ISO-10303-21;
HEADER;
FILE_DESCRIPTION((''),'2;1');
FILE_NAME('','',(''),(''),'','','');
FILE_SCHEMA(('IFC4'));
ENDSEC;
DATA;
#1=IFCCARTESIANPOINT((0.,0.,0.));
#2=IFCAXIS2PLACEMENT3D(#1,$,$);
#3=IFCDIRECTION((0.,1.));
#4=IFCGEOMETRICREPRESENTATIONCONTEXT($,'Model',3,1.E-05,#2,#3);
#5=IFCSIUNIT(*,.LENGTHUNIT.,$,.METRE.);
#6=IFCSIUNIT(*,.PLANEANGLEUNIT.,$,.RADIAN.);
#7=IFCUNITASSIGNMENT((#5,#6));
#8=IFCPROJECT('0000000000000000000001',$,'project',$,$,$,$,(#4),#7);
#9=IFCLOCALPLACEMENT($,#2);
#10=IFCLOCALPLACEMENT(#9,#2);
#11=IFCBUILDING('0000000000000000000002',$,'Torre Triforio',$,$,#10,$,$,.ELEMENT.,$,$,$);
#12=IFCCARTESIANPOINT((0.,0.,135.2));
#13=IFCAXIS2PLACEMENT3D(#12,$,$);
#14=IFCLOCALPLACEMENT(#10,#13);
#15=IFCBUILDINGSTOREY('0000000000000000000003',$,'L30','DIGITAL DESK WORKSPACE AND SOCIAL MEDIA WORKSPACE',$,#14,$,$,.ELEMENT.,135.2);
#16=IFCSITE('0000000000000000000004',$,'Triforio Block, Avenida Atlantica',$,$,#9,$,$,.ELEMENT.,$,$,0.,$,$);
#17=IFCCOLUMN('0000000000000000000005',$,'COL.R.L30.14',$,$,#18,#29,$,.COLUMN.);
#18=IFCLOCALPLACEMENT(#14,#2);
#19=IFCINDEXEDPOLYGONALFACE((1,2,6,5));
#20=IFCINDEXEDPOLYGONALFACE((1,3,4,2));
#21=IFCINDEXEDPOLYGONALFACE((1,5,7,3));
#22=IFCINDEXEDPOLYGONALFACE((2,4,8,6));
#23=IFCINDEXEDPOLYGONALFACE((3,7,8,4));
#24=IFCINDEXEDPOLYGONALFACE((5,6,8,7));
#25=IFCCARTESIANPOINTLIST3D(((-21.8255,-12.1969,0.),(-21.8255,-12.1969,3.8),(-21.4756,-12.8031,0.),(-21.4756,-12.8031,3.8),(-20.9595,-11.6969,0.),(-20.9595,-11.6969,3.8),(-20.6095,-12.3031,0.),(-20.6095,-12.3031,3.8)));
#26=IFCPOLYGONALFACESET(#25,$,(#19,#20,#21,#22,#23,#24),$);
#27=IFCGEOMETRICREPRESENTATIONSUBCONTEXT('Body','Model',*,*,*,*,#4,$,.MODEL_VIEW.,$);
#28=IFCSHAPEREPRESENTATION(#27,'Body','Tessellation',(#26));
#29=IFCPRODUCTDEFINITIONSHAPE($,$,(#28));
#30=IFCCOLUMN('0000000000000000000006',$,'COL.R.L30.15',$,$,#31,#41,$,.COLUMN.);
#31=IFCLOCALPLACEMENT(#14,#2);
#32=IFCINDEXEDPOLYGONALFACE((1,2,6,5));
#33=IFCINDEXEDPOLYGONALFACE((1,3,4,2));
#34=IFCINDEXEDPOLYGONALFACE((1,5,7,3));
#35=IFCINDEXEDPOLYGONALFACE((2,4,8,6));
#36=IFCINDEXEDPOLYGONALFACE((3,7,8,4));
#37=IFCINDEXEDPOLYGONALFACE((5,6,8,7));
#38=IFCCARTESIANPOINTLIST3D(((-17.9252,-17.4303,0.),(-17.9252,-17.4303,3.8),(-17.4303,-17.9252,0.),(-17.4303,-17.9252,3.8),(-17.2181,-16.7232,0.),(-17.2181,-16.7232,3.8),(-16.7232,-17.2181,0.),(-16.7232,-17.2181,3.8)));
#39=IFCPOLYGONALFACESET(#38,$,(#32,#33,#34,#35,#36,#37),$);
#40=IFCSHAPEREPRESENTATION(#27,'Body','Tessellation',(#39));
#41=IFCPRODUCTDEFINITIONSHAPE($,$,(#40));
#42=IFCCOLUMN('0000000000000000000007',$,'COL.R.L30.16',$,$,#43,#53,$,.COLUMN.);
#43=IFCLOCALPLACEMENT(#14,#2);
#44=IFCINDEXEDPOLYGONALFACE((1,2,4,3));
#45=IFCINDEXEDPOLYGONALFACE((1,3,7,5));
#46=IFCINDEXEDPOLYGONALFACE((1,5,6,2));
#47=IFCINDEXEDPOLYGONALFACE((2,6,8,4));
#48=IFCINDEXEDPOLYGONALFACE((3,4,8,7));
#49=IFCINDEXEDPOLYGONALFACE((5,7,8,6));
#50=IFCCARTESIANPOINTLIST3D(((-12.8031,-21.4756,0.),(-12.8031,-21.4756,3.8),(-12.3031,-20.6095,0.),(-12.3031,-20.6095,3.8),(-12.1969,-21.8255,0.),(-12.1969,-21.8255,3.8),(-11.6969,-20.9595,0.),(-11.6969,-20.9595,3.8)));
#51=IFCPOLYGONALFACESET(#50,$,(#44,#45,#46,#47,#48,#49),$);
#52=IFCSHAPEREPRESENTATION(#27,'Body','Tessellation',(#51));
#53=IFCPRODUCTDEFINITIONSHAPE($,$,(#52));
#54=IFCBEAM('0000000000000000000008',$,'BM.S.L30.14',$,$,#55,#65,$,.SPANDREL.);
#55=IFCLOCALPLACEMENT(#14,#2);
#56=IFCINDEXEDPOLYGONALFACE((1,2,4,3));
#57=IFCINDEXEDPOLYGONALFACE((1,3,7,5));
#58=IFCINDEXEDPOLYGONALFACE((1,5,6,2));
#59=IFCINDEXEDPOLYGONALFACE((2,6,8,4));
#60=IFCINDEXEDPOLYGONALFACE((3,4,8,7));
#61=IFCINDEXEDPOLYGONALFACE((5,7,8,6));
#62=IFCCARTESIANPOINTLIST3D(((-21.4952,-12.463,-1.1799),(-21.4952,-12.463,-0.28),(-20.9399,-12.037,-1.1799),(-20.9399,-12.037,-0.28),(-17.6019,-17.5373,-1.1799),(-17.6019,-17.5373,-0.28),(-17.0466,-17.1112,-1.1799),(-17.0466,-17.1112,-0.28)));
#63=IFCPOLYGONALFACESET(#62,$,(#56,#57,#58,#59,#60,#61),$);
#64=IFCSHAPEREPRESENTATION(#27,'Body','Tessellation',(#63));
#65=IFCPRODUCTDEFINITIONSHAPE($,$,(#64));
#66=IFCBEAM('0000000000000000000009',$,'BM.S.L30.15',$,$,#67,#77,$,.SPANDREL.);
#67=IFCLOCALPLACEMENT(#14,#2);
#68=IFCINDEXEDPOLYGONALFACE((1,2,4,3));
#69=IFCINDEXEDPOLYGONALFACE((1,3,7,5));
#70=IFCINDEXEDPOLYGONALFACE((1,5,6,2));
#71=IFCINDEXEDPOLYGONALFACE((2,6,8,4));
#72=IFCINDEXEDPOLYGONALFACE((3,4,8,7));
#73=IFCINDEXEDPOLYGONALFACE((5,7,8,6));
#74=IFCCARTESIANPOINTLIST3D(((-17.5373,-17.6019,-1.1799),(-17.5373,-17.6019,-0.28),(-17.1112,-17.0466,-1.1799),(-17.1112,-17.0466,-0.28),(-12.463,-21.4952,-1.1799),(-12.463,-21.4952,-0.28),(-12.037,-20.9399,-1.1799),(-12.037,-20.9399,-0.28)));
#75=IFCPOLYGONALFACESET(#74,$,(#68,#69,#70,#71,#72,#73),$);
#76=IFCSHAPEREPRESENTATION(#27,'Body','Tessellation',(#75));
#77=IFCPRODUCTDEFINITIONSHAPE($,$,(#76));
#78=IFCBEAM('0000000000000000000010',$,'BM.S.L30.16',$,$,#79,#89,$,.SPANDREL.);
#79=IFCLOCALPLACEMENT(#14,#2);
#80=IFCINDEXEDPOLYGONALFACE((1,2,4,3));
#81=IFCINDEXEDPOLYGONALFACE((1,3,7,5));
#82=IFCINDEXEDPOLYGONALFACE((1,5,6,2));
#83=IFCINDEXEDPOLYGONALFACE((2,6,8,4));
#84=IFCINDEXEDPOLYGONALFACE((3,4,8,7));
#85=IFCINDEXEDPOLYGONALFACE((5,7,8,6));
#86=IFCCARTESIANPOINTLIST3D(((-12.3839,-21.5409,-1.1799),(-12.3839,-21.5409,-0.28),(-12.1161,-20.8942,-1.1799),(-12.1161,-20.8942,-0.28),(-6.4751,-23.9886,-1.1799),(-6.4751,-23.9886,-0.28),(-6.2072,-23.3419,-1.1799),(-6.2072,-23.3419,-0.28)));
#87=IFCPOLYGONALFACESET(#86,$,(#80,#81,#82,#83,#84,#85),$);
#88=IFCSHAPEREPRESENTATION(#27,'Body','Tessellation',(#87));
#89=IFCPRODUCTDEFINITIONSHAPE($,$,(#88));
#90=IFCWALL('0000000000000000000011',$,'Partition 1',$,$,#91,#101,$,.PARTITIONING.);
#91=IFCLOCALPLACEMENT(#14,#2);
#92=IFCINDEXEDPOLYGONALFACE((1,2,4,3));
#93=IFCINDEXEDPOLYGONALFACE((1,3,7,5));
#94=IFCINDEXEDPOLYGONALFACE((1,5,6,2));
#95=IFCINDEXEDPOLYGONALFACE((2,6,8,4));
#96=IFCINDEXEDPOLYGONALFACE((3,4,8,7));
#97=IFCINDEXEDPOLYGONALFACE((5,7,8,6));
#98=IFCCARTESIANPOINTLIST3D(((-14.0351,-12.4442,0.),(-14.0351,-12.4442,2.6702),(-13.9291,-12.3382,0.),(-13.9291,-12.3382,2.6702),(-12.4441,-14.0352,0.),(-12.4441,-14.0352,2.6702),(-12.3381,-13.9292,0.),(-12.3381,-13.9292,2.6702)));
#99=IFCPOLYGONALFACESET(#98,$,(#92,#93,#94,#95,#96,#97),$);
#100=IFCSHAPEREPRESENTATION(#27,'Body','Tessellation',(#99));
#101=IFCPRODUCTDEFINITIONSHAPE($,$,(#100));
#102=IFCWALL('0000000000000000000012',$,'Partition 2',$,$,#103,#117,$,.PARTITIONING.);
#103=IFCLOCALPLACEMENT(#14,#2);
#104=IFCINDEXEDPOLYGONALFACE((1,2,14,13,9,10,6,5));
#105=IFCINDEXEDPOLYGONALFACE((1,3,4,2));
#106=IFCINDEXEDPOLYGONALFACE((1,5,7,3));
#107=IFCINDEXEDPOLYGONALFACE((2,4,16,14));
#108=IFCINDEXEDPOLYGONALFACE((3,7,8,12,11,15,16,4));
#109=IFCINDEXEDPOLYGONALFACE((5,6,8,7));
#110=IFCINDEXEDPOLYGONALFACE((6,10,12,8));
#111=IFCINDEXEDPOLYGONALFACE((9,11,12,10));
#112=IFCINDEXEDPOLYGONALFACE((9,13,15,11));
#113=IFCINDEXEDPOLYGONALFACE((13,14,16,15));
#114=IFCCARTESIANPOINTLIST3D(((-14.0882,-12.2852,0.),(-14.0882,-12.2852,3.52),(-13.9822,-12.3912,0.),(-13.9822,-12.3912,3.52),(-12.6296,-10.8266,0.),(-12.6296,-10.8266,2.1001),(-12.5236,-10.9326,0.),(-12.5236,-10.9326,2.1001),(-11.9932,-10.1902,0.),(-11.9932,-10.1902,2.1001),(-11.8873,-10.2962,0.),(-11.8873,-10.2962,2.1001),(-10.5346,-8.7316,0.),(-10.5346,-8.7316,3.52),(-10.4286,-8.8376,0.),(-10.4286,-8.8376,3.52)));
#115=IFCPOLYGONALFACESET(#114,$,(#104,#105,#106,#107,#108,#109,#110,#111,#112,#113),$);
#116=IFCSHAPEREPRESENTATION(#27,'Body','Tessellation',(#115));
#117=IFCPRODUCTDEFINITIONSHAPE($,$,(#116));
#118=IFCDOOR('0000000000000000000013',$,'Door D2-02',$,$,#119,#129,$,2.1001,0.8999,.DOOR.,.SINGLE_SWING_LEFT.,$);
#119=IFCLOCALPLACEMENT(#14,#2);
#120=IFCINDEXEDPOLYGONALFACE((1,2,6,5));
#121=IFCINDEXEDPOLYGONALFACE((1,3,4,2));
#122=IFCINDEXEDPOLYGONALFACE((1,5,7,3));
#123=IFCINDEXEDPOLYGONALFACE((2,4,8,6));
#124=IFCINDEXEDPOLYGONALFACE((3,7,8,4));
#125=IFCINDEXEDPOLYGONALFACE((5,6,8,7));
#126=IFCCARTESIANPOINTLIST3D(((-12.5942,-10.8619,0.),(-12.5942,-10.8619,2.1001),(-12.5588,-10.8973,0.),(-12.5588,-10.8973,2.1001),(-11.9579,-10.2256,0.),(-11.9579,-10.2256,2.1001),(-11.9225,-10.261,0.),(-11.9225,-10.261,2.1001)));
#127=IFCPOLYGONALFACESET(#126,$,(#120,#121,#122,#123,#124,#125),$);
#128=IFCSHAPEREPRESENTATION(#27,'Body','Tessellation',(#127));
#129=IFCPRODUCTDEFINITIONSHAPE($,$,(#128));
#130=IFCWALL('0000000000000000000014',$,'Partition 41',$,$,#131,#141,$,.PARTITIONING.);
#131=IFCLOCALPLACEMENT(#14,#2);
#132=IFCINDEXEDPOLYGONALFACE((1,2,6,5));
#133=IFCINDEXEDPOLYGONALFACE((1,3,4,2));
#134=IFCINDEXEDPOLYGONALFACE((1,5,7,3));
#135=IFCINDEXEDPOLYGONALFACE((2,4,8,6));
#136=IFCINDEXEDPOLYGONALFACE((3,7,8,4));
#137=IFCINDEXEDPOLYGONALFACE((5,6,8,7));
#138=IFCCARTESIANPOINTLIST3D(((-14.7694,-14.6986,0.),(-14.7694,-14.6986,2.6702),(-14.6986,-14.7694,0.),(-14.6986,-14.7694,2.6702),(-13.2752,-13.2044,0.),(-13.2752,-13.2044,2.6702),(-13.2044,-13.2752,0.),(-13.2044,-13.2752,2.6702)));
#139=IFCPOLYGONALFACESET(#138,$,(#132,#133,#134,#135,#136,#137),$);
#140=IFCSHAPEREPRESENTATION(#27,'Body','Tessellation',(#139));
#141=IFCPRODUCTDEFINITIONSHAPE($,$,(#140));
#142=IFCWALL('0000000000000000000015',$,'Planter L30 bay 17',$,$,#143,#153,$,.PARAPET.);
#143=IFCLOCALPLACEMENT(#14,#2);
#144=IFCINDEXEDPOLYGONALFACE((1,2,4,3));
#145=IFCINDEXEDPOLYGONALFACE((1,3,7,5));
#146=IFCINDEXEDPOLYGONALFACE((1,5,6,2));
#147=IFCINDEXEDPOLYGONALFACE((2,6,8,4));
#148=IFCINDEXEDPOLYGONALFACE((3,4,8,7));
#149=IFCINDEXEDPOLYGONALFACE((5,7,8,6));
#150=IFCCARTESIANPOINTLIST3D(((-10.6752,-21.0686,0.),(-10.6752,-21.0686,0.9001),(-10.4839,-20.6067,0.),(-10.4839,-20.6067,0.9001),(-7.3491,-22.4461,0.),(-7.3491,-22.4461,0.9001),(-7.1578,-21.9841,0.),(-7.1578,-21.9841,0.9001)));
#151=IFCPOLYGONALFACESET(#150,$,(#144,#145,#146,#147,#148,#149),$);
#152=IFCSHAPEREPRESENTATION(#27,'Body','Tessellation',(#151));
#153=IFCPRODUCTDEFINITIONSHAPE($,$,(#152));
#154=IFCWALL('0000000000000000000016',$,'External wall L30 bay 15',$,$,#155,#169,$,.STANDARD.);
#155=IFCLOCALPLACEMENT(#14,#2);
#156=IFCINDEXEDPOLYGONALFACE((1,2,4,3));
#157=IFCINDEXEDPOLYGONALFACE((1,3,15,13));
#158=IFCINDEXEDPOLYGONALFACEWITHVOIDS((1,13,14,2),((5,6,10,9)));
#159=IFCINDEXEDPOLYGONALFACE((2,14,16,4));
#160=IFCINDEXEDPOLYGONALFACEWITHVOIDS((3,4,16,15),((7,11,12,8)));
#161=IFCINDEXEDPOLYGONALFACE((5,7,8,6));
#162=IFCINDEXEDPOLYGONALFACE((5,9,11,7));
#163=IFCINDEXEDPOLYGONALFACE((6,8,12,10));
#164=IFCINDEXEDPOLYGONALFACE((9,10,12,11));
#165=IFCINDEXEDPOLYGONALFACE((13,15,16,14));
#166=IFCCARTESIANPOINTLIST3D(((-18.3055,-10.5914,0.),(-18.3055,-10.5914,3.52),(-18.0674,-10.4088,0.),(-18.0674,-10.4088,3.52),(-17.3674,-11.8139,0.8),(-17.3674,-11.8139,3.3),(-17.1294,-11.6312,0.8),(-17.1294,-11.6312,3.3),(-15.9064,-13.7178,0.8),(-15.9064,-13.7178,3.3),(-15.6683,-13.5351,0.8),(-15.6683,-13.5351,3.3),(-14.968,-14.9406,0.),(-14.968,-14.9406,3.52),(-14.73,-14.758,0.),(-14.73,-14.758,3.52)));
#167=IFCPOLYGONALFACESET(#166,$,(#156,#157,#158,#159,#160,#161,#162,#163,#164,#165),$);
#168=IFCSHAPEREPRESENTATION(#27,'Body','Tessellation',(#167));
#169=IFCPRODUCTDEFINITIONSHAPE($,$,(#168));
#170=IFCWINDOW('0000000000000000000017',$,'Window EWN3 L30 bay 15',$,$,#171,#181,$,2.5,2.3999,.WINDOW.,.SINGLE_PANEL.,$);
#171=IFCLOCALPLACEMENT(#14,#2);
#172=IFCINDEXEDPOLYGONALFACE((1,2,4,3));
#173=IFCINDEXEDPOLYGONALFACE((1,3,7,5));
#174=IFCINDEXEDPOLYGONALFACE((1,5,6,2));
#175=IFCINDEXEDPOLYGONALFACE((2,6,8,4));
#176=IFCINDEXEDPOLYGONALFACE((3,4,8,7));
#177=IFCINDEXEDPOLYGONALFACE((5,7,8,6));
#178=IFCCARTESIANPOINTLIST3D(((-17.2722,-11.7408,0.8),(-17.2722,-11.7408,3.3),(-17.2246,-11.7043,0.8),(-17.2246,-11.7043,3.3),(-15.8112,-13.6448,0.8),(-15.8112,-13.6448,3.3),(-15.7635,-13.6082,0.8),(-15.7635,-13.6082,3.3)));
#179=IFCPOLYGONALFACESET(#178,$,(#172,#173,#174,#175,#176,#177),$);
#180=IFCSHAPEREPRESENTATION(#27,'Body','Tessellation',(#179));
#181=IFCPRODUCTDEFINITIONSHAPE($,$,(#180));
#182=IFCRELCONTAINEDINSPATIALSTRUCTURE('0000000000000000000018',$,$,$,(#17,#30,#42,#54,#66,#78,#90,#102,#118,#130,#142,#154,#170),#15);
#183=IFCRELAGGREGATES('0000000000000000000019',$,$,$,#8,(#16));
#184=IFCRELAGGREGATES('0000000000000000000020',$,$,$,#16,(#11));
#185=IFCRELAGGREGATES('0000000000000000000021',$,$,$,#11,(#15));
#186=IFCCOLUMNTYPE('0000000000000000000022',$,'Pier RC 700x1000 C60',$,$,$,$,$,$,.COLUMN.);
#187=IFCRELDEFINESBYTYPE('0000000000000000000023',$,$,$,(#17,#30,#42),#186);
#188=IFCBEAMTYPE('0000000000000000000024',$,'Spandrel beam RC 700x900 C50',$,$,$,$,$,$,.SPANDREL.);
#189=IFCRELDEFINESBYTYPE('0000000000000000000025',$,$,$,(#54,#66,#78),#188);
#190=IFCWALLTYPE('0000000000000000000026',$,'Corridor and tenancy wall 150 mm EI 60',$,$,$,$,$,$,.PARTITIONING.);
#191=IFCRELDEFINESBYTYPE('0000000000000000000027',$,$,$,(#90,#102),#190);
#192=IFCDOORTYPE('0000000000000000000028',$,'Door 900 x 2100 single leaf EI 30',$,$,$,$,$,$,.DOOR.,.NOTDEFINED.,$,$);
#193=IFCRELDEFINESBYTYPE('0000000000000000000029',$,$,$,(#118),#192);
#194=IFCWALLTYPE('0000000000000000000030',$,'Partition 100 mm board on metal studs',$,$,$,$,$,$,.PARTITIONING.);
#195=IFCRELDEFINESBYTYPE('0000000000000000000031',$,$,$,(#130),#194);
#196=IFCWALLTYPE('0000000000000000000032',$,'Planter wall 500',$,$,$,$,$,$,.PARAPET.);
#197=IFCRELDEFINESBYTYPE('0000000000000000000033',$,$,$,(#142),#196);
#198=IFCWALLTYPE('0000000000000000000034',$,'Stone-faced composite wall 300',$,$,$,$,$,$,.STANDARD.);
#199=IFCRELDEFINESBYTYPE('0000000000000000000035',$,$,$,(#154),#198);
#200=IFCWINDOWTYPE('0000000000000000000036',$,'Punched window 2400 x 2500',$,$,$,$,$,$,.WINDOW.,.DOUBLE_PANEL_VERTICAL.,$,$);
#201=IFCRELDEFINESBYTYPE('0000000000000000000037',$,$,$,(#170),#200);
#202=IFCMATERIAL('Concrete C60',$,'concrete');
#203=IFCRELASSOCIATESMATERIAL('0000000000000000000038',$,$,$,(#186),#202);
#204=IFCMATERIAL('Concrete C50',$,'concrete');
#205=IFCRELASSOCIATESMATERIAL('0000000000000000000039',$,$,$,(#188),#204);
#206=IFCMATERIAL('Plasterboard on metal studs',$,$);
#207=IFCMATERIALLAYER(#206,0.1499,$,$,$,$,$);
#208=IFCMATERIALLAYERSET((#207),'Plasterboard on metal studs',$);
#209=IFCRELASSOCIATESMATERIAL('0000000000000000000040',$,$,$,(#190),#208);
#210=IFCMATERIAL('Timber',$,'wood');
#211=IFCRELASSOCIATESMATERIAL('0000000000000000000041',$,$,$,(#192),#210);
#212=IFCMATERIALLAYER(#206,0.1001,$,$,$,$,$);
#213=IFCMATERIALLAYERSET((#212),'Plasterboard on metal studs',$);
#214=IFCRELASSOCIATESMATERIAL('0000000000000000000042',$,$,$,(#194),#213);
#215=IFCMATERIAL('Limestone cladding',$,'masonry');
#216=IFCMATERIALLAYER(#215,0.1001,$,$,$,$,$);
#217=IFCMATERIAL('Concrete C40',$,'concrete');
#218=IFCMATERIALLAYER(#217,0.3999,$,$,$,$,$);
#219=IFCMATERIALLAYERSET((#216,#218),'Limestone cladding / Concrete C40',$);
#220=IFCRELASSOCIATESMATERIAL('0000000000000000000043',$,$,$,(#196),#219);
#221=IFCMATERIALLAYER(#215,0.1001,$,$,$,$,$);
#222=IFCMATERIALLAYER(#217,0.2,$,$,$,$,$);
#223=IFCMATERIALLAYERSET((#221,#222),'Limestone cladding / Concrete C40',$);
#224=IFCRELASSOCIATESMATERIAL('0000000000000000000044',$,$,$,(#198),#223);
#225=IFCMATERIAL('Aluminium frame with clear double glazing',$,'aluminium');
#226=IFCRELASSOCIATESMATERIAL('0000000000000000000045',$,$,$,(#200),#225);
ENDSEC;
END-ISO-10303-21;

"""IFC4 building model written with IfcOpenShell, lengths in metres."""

from ifc_helpers import new_model, si_unit, direction, frame, frame_2d, origin, origin_2d, place, context, subcontext, project, spatial, rectangle, extrude, material, layer, layer_set, material_profile, profile_set, type_object, element, fill, save


model = new_model("IFC4")

# Units and contexts
model_context = context("Model", 3, precision=1e-05, world=origin(), true_north=direction((0.0, 1.0)))
body_context = subcontext(model_context, "Body", "Model", "MODEL_VIEW")
ifc_project = project(units=[si_unit("LENGTHUNIT", "METRE"), si_unit("PLANEANGLEUNIT", "RADIAN")], contexts=[model_context])

# Site, building, storey
site_placement = place(None, origin())
site = spatial("IfcSite", under=ifc_project, at=site_placement, Name="Triforio Block, Avenida Atlantica", CompositionType="ELEMENT", RefElevation=0.0)
building_placement = place(site_placement, origin())
building = spatial("IfcBuilding", under=site, at=building_placement, Name="Torre Triforio", CompositionType="ELEMENT")
storey_placement = place(building_placement, frame((0.0, 0.0, 135.2)))
storey = spatial("IfcBuildingStorey", under=building, at=storey_placement, Name="L30", Description="DIGITAL DESK WORKSPACE AND SOCIAL MEDIA WORKSPACE", CompositionType="ELEMENT", Elevation=135.2)

# Columns
ifc_material_1 = material(Name="Concrete C60", Category="concrete")
ifc_material_profile_1 = material_profile(ifc_material_1, rectangle(XDim=0.7, YDim=1.0, at=origin_2d()), Name="RC 700x1000")
ifc_profile_set_1 = profile_set([ifc_material_profile_1], Name="Concrete C60")
column_type = type_object("IfcColumnType", Name="Pier RC 700x1000 C60", PredefinedType="COLUMN", material=ifc_profile_set_1)
for number, where, z_axis, x_axis, name in (
    (1, (-21.2175, -12.25, 0.0), (0.0, 0.0, 1.0), (0.5, -0.866025, 0.0), "COL.R.L30.14"),
    (2, (-17.3242, -17.3242, 0.0), (0.0, 0.0, 1.0), (0.707107, -0.707107, 0.0), "COL.R.L30.15"),
    (3, (-12.25, -21.2175, 0.0), (0.0, 0.0, 1.0), (0.866025, -0.5, 0.0), "COL.R.L30.16"),
):
    element("IfcColumn", number, at=place(storey_placement, frame(where, z_axis=z_axis, x_axis=x_axis)), inside=storey, type_object=column_type, Name=name, PredefinedType="COLUMN", context=body_context, shape_type="SweptSolid", body=[
        extrude(rectangle(XDim=0.7, YDim=1.0, at=origin_2d()), origin(), (0.0, 0.0, 1.0), 3.8),
    ])

# Beams
ifc_material_2 = material(Name="Concrete C50", Category="concrete")
ifc_material_profile_2 = material_profile(ifc_material_2, rectangle(XDim=0.7, YDim=0.8999, at=origin_2d()), Name="RC 700x900")
ifc_profile_set_2 = profile_set([ifc_material_profile_2], Name="Concrete C50")
beam_type = type_object("IfcBeamType", Name="Spandrel beam RC 700x900 C50", PredefinedType="SPANDREL", material=ifc_profile_set_2)
for number, where, z_axis, x_axis, name in (
    (4, (-21.2175, -12.25, -0.73), (0.608734, -0.793374, 0.0), (0.793374, 0.608734, 0.0), "BM.S.L30.14"),
    (5, (-17.3242, -17.3242, -0.73), (0.793374, -0.608734, 0.0), (0.608734, 0.793374, 0.0), "BM.S.L30.15"),
    (6, (-12.25, -21.2175, -0.73), (0.923869, -0.382709, 0.0), (0.382709, 0.923869, 0.0), "BM.S.L30.16"),
):
    element("IfcBeam", number, at=place(storey_placement, frame(where, z_axis=z_axis, x_axis=x_axis)), inside=storey, type_object=beam_type, Name=name, PredefinedType="SPANDREL", context=body_context, shape_type="SweptSolid", body=[
        extrude(rectangle(XDim=0.7, YDim=0.8999, at=origin_2d()), origin(), (0.0, 0.0, 1.0), 6.3958),
    ])

# Wall
ifc_material_3 = material(Name="Plasterboard on metal studs")
ifc_layer_1 = layer(ifc_material_3, 0.1499)
ifc_layer_set_1 = layer_set([ifc_layer_1], Name="Plasterboard on metal studs")
wall_type_1 = type_object("IfcWallType", Name="Corridor and tenancy wall 150 mm EI 60", PredefinedType="PARTITIONING", material=ifc_layer_set_1)
wall_1_placement = place(storey_placement, frame((-12.3911, -13.9822, 0.0), z_axis=(0.0, 0.0, 1.0), x_axis=(-0.707107, 0.707107, 0.0)))
element("IfcWall", 7, at=wall_1_placement, inside=storey, type_object=wall_type_1, Name="Partition 1", PredefinedType="PARTITIONING", context=body_context, shape_type="SweptSolid", body=[
    extrude(rectangle(XDim=2.25, YDim=0.1499, at=frame_2d((1.125, 0.0))), origin(), (0.0, 0.0, 1.0), 2.6702),
])

# Wall, opening, door
wall_2_placement = place(storey_placement, frame((-14.0352, -12.3381, 0.0), z_axis=(0.0, 0.0, 1.0), x_axis=(0.707107, 0.707107, 0.0)))
wall_2 = element("IfcWall", 8, at=wall_2_placement, inside=storey, type_object=wall_type_1, Name="Partition 2", PredefinedType="PARTITIONING", context=body_context, shape_type="SweptSolid", body=[
    extrude(rectangle(XDim=5.0256, YDim=0.1499, at=frame_2d((2.5127, 0.0))), origin(), (0.0, 0.0, 1.0), 3.52),
])
opening_1_placement = place(wall_2_placement, frame((2.0627, 0.0, 0.0)))
opening_1 = element("IfcOpeningElement", 9, at=opening_1_placement, cuts=wall_2, PredefinedType="OPENING", context=body_context, shape_type="SweptSolid", body=[
    extrude(rectangle(XDim=0.8999, YDim=2.1001, at=frame_2d((0.45, 1.05))), frame((0.0, 0.085, 0.0), z_axis=(0.0, -1.0, 0.0), x_axis=(1.0, 0.0, 0.0)), (0.0, 0.0, 1.0), 0.1699),
])
ifc_material_4 = material(Name="Timber", Category="wood")
door_type_1 = type_object("IfcDoorType", Name="Door 900 x 2100 single leaf EI 30", OperationType="NOTDEFINED", PredefinedType="DOOR", material=ifc_material_4)
door_1_placement = place(opening_1_placement, origin())
door_1 = element("IfcDoor", 10, at=door_1_placement, inside=storey, type_object=door_type_1, Name="Door D2-02", OperationType="SINGLE_SWING_LEFT", OverallHeight=2.1001, OverallWidth=0.8999, PredefinedType="DOOR", context=body_context, shape_type="SweptSolid", body=[
    extrude(rectangle(XDim=0.8999, YDim=2.1001, at=frame_2d((0.45, 1.05))), frame((0.0, 0.0249, 0.0), z_axis=(0.0, -1.0, 0.0), x_axis=(1.0, 0.0, 0.0)), (0.0, 0.0, 1.0), 0.05),
])
fill(opening_1, door_1)

# Walls
ifc_layer_2 = layer(ifc_material_3, 0.1001)
ifc_layer_set_2 = layer_set([ifc_layer_2], Name="Plasterboard on metal studs")
wall_type_2 = type_object("IfcWallType", Name="Partition 100 mm board on metal studs", PredefinedType="PARTITIONING", material=ifc_layer_set_2)
wall_3_placement = place(storey_placement, frame((-13.2397, -13.2397, 0.0), z_axis=(0.0, 0.0, 1.0), x_axis=(-0.707107, -0.707107, 0.0)))
element("IfcWall", 11, at=wall_3_placement, inside=storey, type_object=wall_type_2, Name="Partition 41", PredefinedType="PARTITIONING", context=body_context, shape_type="SweptSolid", body=[
    extrude(rectangle(XDim=2.113, YDim=0.1001, at=frame_2d((1.0566, 0.0))), origin(), (0.0, 0.0, 1.0), 2.6702),
])
ifc_material_5 = material(Name="Limestone cladding", Category="masonry")
ifc_layer_3 = layer(ifc_material_5, 0.1001)
ifc_material_6 = material(Name="Concrete C40", Category="concrete")
ifc_layer_4 = layer(ifc_material_6, 0.3999)
ifc_layer_set_3 = layer_set([ifc_layer_3, ifc_layer_4], Name="Limestone cladding / Concrete C40")
wall_type_3 = type_object("IfcWallType", Name="Planter wall 500", PredefinedType="PARAPET", material=ifc_layer_set_3)
wall_4_placement = place(storey_placement, frame((-10.5796, -20.8376, 0.0), z_axis=(0.0, 0.0, 1.0), x_axis=(0.923909, -0.382611, 0.0)))
element("IfcWall", 12, at=wall_4_placement, inside=storey, type_object=wall_type_3, Name="Planter L30 bay 17", PredefinedType="PARAPET", context=body_context, shape_type="SweptSolid", body=[
    extrude(rectangle(XDim=3.6001, YDim=0.5, at=frame_2d((1.8, 0.0))), origin(), (0.0, 0.0, 1.0), 0.9001),
])

# Wall, opening, window
ifc_layer_5 = layer(ifc_material_5, 0.1001)
ifc_layer_6 = layer(ifc_material_6, 0.2)
ifc_layer_set_4 = layer_set([ifc_layer_5, ifc_layer_6], Name="Limestone cladding / Concrete C40")
wall_type_4 = type_object("IfcWallType", Name="Stone-faced composite wall 300", PredefinedType="STANDARD", material=ifc_layer_set_4)
wall_5_placement = place(storey_placement, frame((-18.1865, -10.5, 0.0), z_axis=(0.0, 0.0, 1.0), x_axis=(0.608785, -0.793335, 0.0)))
wall_5 = element("IfcWall", 13, at=wall_5_placement, inside=storey, type_object=wall_type_4, Name="External wall L30 bay 15", PredefinedType="STANDARD", context=body_context, shape_type="SweptSolid", body=[
    extrude(rectangle(XDim=5.4822, YDim=0.3, at=frame_2d((2.7412, 0.0))), origin(), (0.0, 0.0, 1.0), 3.52),
])
opening_2_placement = place(wall_5_placement, frame((1.541, 0.0, 0.8)))
opening_2 = element("IfcOpeningElement", 14, at=opening_2_placement, cuts=wall_5, PredefinedType="OPENING", context=body_context, shape_type="SweptSolid", body=[
    extrude(rectangle(XDim=2.3999, YDim=2.5, at=frame_2d((1.2, 1.25))), frame((0.0, 0.1599, 0.0), z_axis=(0.0, -1.0, 0.0), x_axis=(1.0, 0.0, 0.0)), (0.0, 0.0, 1.0), 0.3201),
])
ifc_material_7 = material(Name="Aluminium frame with clear double glazing", Category="aluminium")
window_type_1 = type_object("IfcWindowType", Name="Punched window 2400 x 2500", PartitioningType="DOUBLE_PANEL_VERTICAL", PredefinedType="WINDOW", material=ifc_material_7)
window_1_placement = place(opening_2_placement, origin())
window_1 = element("IfcWindow", 15, at=window_1_placement, inside=storey, type_object=window_type_1, Name="Window EWN3 L30 bay 15", OverallHeight=2.5, OverallWidth=2.3999, PartitioningType="SINGLE_PANEL", PredefinedType="WINDOW", context=body_context, shape_type="SweptSolid", body=[
    extrude(rectangle(XDim=2.3999, YDim=2.5, at=frame_2d((1.2, 1.25))), frame((0.0, 0.03, 0.0), z_axis=(0.0, -1.0, 0.0), x_axis=(1.0, 0.0, 0.0)), (0.0, 0.0, 1.0), 0.0601),
])
fill(opening_2, window_1)

save(model, "model.ifc")
